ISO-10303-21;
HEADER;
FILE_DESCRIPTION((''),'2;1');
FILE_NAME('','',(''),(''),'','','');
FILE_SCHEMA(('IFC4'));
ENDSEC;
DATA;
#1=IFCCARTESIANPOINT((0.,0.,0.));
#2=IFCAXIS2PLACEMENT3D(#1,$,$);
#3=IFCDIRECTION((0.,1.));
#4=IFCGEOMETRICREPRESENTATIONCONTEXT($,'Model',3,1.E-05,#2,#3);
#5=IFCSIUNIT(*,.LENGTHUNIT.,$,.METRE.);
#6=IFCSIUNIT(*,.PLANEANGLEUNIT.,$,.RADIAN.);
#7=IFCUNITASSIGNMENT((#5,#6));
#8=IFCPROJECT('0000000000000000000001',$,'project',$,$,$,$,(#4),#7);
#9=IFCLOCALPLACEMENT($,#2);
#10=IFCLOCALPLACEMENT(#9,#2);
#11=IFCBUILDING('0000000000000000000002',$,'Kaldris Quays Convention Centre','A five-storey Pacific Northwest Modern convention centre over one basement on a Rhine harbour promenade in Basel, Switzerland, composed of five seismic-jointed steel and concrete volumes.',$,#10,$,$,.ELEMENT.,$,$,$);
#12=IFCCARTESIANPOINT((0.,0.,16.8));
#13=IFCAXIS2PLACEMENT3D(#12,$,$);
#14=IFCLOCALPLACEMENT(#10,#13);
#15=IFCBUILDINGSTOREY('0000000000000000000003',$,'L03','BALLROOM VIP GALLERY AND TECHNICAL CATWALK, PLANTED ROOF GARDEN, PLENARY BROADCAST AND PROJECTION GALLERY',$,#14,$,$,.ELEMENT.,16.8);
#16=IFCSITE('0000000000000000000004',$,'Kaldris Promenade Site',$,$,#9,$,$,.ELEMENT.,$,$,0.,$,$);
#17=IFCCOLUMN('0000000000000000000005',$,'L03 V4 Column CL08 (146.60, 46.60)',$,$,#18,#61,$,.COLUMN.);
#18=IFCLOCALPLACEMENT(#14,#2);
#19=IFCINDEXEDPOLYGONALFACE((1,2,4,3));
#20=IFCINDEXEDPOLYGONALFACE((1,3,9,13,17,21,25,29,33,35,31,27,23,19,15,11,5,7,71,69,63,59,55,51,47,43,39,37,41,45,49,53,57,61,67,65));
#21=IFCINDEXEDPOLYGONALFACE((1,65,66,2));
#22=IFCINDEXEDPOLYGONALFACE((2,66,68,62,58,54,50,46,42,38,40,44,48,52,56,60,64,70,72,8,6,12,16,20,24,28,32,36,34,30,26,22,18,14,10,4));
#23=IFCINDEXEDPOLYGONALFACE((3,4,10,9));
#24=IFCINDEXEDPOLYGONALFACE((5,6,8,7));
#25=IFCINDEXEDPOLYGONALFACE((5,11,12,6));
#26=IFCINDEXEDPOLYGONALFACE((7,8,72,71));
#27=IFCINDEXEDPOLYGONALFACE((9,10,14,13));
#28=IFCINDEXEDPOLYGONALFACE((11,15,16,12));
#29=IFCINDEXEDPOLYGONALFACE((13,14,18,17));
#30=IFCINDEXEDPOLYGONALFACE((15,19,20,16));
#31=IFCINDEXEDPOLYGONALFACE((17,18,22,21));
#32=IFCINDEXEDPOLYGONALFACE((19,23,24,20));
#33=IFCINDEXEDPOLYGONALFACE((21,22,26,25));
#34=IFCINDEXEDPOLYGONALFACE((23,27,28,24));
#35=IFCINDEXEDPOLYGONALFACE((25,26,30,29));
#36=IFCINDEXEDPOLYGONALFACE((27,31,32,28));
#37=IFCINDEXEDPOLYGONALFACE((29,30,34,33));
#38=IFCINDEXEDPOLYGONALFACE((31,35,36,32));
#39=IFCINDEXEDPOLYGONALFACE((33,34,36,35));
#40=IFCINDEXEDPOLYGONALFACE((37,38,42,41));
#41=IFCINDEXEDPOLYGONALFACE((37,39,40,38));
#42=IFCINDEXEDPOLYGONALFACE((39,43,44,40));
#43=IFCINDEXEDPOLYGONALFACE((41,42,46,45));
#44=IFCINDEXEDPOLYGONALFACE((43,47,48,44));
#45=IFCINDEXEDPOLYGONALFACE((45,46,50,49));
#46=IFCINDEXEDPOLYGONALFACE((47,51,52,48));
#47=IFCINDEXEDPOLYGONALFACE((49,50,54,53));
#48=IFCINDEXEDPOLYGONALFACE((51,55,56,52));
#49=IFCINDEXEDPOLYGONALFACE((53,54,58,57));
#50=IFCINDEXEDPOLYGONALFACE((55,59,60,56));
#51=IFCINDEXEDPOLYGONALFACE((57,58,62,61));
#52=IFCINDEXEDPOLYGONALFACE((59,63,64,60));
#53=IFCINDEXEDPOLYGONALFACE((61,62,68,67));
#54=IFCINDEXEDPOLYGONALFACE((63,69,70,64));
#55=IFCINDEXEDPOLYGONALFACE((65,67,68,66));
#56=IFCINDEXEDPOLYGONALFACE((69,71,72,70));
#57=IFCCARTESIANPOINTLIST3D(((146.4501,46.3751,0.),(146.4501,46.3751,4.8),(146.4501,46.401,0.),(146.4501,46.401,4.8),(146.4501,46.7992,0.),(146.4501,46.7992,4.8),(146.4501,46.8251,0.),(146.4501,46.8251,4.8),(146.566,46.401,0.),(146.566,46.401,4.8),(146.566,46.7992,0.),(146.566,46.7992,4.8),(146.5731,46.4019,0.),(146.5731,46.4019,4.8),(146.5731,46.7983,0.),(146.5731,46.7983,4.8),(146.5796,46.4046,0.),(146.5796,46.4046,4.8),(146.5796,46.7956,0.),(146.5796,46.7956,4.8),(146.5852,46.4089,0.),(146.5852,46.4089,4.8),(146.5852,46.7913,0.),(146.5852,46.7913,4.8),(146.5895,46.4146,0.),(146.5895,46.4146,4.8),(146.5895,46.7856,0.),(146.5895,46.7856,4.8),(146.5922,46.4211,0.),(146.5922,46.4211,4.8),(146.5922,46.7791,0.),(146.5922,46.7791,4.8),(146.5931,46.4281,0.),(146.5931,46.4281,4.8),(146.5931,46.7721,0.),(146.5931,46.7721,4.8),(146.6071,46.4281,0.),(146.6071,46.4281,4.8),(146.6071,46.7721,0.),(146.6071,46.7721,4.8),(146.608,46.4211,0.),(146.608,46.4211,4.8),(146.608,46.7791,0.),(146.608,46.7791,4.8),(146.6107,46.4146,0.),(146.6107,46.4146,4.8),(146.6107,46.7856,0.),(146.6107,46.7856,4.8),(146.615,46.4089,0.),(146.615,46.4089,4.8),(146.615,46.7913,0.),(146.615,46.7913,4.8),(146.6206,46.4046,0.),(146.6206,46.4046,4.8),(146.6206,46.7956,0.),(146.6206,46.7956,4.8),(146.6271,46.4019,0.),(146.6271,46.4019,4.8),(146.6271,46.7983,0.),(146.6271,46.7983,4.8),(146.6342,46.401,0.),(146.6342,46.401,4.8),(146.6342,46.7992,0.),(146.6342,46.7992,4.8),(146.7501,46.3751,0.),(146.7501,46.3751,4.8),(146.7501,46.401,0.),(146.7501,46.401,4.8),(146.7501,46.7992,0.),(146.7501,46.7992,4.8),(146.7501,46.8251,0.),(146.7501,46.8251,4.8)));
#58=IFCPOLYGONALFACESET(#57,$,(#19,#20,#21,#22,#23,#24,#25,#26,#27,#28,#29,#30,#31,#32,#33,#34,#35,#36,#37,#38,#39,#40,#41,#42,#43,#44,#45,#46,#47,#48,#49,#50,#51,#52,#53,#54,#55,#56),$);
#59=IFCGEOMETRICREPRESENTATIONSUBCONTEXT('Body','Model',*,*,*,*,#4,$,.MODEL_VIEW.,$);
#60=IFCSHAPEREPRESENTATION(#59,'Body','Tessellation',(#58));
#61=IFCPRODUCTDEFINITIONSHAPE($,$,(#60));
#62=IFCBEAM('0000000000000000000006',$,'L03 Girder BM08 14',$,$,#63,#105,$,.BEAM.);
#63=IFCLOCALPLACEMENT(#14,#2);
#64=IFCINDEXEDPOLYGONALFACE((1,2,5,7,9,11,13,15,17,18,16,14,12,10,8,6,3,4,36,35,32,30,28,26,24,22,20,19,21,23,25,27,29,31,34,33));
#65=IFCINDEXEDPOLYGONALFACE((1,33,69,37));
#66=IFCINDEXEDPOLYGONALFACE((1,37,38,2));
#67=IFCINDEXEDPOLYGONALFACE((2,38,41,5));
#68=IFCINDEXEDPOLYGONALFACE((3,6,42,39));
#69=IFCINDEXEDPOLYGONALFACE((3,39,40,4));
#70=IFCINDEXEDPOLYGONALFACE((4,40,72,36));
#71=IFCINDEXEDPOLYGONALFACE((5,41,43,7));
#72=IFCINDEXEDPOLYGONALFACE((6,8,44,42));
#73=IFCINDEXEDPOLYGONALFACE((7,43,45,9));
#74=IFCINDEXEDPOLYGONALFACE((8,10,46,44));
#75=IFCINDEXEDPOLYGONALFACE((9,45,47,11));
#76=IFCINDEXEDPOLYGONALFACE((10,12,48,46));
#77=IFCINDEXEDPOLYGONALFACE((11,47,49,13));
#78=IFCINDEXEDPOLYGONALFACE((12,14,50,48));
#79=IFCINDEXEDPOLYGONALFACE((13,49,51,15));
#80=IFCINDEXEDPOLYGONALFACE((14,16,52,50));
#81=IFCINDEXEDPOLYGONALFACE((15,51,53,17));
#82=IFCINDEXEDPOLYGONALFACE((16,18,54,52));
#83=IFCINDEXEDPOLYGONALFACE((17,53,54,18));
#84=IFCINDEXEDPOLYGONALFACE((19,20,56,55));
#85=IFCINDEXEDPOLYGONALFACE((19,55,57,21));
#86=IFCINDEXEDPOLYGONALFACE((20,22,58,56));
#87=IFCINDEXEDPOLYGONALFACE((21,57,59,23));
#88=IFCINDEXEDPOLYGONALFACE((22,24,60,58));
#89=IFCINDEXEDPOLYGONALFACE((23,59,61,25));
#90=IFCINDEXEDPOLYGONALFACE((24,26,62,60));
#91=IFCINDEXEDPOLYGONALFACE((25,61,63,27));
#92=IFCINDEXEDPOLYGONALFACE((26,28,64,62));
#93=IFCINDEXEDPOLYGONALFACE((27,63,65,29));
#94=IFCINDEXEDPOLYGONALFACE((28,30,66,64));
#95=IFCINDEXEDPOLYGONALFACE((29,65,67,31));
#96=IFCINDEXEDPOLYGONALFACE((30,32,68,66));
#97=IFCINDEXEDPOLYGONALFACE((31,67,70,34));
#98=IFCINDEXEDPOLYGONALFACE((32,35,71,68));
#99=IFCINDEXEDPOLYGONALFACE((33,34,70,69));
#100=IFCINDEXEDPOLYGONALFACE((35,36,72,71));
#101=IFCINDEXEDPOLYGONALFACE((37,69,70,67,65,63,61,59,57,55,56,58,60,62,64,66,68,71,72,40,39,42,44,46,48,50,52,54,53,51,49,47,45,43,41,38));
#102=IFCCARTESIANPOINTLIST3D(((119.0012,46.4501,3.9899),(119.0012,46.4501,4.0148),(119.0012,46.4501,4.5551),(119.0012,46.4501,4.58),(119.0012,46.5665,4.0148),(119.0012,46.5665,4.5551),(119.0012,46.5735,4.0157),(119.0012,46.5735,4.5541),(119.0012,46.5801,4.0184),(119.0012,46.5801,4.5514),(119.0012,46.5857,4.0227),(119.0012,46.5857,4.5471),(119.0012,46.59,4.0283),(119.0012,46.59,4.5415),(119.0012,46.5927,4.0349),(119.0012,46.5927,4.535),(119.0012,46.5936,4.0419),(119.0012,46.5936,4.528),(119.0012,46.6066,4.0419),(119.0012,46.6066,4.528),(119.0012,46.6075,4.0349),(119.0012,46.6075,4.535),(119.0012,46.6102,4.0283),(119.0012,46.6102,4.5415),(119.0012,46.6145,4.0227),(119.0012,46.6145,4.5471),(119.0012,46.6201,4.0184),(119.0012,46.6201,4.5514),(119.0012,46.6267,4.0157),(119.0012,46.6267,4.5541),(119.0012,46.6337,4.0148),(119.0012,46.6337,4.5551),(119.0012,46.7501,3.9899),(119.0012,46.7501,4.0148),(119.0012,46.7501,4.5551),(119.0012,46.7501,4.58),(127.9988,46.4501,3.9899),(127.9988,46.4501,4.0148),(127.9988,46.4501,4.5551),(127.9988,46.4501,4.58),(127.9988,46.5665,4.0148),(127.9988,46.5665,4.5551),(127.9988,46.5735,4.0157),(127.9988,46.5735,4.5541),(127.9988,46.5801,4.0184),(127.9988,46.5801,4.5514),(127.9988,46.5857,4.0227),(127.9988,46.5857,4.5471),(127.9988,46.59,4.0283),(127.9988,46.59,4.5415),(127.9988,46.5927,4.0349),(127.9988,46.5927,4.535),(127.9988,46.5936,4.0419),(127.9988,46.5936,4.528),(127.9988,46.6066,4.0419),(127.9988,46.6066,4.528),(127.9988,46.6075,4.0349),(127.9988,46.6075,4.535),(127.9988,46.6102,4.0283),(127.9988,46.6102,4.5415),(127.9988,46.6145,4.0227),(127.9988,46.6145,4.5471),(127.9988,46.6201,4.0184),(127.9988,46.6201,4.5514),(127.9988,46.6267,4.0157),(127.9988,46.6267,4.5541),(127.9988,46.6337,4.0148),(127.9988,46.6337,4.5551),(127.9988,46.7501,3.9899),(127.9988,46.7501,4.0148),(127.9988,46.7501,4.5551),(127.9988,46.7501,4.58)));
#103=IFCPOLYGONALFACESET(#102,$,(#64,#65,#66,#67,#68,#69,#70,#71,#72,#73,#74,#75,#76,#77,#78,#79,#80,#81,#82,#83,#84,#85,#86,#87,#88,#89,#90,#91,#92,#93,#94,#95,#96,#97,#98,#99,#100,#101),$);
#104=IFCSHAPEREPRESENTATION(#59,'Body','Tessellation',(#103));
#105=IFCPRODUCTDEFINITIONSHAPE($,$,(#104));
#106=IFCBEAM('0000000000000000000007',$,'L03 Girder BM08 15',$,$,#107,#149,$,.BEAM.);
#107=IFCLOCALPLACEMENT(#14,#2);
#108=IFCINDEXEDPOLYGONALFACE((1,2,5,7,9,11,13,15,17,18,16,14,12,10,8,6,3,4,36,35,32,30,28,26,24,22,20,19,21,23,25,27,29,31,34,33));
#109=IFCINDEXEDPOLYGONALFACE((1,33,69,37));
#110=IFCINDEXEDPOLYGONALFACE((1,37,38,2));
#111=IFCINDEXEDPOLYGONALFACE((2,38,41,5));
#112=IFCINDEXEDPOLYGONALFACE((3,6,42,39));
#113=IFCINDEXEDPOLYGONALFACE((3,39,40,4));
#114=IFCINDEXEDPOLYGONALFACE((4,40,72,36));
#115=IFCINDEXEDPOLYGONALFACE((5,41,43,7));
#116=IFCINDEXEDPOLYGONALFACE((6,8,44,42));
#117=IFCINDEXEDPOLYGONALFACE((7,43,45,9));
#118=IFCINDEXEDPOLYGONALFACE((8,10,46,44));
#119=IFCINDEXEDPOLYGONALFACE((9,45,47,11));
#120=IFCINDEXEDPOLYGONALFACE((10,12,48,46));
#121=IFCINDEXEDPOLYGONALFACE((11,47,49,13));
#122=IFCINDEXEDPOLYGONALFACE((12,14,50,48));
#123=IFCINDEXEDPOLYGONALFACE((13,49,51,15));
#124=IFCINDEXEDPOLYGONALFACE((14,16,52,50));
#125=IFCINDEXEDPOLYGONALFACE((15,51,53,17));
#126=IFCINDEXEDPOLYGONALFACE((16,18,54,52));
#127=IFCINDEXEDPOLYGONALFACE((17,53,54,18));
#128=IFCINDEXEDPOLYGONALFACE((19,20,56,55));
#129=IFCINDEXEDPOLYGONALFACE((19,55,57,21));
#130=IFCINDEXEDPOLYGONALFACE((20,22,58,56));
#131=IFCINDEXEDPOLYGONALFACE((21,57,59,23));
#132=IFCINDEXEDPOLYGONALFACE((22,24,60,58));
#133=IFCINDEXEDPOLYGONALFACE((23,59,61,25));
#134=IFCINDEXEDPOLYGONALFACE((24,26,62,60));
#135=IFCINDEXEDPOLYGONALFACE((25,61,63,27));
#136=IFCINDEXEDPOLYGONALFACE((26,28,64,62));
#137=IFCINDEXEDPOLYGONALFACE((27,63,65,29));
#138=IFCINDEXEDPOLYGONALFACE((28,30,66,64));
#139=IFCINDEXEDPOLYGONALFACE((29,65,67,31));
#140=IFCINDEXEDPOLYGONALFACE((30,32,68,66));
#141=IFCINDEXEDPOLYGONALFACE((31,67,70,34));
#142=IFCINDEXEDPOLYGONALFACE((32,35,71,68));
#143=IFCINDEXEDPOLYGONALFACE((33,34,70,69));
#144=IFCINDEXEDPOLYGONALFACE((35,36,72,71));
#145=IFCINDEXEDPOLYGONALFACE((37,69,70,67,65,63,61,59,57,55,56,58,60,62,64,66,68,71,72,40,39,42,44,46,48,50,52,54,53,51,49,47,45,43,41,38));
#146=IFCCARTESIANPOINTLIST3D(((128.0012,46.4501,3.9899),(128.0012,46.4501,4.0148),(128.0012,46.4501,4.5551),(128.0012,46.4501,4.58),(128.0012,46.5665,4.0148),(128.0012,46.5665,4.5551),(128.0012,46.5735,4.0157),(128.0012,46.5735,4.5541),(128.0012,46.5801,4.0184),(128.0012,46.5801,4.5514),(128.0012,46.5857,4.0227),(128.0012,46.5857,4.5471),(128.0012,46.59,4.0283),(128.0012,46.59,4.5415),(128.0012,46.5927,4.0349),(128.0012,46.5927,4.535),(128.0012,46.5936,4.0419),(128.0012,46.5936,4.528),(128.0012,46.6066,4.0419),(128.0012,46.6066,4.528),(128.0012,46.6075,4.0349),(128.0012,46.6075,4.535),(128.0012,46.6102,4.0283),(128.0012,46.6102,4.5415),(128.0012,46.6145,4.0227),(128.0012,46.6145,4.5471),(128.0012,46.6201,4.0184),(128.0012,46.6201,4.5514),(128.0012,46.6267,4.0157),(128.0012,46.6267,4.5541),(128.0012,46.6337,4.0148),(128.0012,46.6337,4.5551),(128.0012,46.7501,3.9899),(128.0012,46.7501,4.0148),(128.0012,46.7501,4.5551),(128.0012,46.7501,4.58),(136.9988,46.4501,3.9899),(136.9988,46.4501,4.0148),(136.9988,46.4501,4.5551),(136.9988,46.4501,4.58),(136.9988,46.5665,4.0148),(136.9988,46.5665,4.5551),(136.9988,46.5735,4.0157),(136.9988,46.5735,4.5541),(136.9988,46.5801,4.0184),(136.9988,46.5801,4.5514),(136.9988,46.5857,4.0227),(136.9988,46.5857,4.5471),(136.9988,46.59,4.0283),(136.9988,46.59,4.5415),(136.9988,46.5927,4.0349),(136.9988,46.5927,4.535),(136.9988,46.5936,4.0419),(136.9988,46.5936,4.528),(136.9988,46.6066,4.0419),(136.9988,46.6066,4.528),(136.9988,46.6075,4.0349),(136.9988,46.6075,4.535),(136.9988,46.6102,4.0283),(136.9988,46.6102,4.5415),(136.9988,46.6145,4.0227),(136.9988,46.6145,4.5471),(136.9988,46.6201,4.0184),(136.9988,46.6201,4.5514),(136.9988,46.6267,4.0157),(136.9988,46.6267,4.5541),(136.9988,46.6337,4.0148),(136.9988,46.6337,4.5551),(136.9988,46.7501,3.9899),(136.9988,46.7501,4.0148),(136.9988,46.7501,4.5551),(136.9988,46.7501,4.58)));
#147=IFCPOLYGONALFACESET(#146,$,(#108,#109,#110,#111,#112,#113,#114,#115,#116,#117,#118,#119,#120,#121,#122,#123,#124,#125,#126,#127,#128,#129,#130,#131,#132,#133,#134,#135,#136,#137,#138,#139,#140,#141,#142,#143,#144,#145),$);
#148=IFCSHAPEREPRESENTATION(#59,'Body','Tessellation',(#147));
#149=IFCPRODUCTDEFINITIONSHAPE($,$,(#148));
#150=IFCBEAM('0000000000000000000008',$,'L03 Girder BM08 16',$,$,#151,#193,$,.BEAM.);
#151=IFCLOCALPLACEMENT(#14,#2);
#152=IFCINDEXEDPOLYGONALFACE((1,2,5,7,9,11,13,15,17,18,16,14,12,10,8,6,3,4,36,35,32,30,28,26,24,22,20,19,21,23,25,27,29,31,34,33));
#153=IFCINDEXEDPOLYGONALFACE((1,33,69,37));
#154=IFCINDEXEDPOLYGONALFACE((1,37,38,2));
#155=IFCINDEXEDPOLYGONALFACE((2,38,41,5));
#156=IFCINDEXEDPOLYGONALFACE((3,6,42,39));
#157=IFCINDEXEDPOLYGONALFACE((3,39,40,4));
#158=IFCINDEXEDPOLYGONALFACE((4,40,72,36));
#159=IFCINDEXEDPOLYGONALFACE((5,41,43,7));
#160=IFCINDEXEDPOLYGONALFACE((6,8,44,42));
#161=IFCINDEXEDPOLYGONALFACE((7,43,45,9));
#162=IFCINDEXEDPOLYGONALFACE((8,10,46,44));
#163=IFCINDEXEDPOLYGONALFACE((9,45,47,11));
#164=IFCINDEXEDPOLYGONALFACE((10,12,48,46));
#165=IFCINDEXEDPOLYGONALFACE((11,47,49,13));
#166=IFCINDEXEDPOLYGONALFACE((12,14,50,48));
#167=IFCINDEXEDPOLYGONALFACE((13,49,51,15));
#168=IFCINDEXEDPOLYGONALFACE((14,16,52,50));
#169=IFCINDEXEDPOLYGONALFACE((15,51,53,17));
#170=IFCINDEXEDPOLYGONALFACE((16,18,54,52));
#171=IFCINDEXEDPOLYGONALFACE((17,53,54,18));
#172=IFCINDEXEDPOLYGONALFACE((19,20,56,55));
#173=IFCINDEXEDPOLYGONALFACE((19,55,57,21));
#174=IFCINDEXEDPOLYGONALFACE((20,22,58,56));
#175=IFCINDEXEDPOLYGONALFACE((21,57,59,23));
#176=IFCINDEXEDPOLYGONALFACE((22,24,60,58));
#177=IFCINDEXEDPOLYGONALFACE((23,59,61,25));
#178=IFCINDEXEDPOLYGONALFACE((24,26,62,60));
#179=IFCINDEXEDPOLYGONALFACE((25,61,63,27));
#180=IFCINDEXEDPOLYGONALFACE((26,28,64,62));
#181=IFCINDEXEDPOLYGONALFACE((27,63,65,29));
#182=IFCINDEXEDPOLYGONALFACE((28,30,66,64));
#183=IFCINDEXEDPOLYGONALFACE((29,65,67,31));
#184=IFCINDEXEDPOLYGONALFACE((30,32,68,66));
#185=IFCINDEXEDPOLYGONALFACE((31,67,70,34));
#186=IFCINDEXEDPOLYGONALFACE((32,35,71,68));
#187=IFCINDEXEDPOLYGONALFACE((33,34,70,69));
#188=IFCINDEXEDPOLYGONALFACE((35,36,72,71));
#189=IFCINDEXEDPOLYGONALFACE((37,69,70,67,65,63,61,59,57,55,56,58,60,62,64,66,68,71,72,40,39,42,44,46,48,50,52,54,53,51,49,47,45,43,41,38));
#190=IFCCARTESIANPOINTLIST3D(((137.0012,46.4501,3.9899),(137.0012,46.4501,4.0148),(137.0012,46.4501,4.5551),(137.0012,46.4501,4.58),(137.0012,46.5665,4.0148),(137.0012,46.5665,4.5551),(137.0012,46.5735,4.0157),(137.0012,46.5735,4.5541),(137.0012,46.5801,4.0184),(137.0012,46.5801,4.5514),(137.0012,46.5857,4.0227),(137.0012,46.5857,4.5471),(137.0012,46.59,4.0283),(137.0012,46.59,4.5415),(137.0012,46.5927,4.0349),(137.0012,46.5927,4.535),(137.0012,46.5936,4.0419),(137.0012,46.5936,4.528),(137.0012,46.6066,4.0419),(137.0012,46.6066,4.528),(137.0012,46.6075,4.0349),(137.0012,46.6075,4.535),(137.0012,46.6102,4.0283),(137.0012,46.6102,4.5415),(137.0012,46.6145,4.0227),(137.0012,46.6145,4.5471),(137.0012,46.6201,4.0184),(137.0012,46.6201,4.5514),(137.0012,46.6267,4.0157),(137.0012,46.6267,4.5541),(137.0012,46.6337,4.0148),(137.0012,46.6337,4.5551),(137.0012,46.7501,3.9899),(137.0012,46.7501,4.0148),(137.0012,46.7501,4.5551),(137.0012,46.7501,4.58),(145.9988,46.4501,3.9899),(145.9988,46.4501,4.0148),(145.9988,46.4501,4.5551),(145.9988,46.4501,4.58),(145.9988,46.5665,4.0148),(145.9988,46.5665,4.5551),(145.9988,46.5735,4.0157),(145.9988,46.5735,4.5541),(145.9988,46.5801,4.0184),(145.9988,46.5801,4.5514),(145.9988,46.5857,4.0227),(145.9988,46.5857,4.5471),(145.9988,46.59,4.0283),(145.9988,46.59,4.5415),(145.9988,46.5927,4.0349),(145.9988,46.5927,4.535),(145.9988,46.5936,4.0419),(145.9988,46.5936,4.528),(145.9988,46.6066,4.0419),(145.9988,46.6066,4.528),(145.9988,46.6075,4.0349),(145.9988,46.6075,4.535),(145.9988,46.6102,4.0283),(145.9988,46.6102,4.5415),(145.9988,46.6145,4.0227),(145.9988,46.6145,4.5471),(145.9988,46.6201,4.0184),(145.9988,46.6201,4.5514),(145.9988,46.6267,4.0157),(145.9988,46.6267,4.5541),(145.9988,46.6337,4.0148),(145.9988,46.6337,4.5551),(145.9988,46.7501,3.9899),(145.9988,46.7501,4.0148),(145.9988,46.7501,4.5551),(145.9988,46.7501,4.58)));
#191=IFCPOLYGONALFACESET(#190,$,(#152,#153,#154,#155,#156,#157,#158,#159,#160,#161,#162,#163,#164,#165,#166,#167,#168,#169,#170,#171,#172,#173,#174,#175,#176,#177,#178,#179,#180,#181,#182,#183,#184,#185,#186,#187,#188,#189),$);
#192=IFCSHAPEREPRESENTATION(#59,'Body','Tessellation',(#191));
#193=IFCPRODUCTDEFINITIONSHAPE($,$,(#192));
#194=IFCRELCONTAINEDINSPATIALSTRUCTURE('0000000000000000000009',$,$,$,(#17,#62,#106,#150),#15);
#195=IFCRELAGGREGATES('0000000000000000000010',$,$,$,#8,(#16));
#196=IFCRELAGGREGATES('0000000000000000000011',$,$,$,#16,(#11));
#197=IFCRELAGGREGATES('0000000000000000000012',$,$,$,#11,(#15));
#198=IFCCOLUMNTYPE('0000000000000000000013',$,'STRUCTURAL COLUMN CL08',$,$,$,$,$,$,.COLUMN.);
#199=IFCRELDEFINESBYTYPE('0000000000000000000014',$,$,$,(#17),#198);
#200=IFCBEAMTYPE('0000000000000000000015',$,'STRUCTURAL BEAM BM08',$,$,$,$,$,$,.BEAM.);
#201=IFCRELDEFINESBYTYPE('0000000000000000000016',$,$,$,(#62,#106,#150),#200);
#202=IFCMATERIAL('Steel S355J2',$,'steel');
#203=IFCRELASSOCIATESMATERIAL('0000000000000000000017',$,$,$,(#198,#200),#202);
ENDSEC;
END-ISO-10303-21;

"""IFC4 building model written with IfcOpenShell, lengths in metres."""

from ifc_helpers import new_model, si_unit, direction, frame, origin, origin_2d, place, context, subcontext, project, spatial, i_section, extrude, material, material_profile, profile_set, type_object, element, save


model = new_model("IFC4")

# Units and contexts
model_context = context("Model", 3, precision=1e-05, world=origin(), true_north=direction((0.0, 1.0)))
body_context = subcontext(model_context, "Body", "Model", "MODEL_VIEW")
ifc_project = project(units=[si_unit("LENGTHUNIT", "METRE"), si_unit("PLANEANGLEUNIT", "RADIAN")], contexts=[model_context])

# Site, building, storey
site_placement = place(None, origin())
site = spatial("IfcSite", under=ifc_project, at=site_placement, Name="Kaldris Promenade Site", CompositionType="ELEMENT", RefElevation=0.0)
building_placement = place(site_placement, origin())
building = spatial("IfcBuilding", under=site, at=building_placement, Name="Kaldris Quays Convention Centre", Description="A five-storey Pacific Northwest Modern convention centre over one basement on a Rhine harbour promenade in Basel, Switzerland, composed of five seismic-jointed steel and concrete volumes.", CompositionType="ELEMENT")
storey_placement = place(building_placement, frame((0.0, 0.0, 16.8)))
storey = spatial("IfcBuildingStorey", under=building, at=storey_placement, Name="L03", Description="BALLROOM VIP GALLERY AND TECHNICAL CATWALK, PLANTED ROOF GARDEN, PLENARY BROADCAST AND PROJECTION GALLERY", CompositionType="ELEMENT", Elevation=16.8)

# Column
ifc_material_1 = material(Name="Steel S355J2", Category="steel")
ifc_material_profile_1 = material_profile(ifc_material_1, i_section(OverallWidth=0.3, OverallDepth=0.45, WebThickness=0.0139, FlangeThickness=0.0259, FilletRadius=0.0271, at=origin_2d()), Name="HEB 450")
ifc_profile_set_1 = profile_set([ifc_material_profile_1], Name="Steel S355J2")
column_type_1 = type_object("IfcColumnType", Name="STRUCTURAL COLUMN CL08", PredefinedType="COLUMN", material=ifc_profile_set_1)
column_placement = place(storey_placement, frame((146.6001, 46.6001, 0.0), z_axis=(0.0, 0.0, 1.0), x_axis=(1.0, 0.0, 0.0)))
element("IfcColumn", 1, at=column_placement, inside=storey, type_object=column_type_1, Name="L03 V4 Column CL08 (146.60, 46.60)", PredefinedType="COLUMN", context=body_context, shape_type="SweptSolid", body=[
    extrude(i_section(OverallWidth=0.3, OverallDepth=0.45, WebThickness=0.0139, FlangeThickness=0.0259, FilletRadius=0.0271, at=origin_2d()), origin(), (0.0, 0.0, 1.0), 4.8),
])

# Beams
ifc_material_profile_2 = material_profile(ifc_material_1, i_section(OverallWidth=0.3, OverallDepth=0.5901, WebThickness=0.0129, FlangeThickness=0.0249, FilletRadius=0.0271, at=origin_2d()), Name="HEA 600")
ifc_profile_set_2 = profile_set([ifc_material_profile_2], Name="Steel S355J2")
beam_type_1 = type_object("IfcBeamType", Name="STRUCTURAL BEAM BM08", PredefinedType="BEAM", material=ifc_profile_set_2)
for number, where, z_axis, x_axis, name in (
    (2, (119.0012, 46.6001, 4.2849), (1.0, 0.0, 0.0), (0.0, 1.0, 0.0), "L03 Girder BM08 14"),
    (3, (128.0012, 46.6001, 4.2849), (1.0, 0.0, 0.0), (0.0, 1.0, 0.0), "L03 Girder BM08 15"),
    (4, (137.0012, 46.6001, 4.2849), (1.0, 0.0, 0.0), (0.0, 1.0, 0.0), "L03 Girder BM08 16"),
):
    element("IfcBeam", number, at=place(storey_placement, frame(where, z_axis=z_axis, x_axis=x_axis)), inside=storey, type_object=beam_type_1, Name=name, PredefinedType="BEAM", context=body_context, shape_type="SweptSolid", body=[
        extrude(i_section(OverallWidth=0.3, OverallDepth=0.5901, WebThickness=0.0129, FlangeThickness=0.0249, FilletRadius=0.0271, at=origin_2d()), origin(), (0.0, 0.0, 1.0), 8.9976),
    ])

save(model, "model.ifc")
